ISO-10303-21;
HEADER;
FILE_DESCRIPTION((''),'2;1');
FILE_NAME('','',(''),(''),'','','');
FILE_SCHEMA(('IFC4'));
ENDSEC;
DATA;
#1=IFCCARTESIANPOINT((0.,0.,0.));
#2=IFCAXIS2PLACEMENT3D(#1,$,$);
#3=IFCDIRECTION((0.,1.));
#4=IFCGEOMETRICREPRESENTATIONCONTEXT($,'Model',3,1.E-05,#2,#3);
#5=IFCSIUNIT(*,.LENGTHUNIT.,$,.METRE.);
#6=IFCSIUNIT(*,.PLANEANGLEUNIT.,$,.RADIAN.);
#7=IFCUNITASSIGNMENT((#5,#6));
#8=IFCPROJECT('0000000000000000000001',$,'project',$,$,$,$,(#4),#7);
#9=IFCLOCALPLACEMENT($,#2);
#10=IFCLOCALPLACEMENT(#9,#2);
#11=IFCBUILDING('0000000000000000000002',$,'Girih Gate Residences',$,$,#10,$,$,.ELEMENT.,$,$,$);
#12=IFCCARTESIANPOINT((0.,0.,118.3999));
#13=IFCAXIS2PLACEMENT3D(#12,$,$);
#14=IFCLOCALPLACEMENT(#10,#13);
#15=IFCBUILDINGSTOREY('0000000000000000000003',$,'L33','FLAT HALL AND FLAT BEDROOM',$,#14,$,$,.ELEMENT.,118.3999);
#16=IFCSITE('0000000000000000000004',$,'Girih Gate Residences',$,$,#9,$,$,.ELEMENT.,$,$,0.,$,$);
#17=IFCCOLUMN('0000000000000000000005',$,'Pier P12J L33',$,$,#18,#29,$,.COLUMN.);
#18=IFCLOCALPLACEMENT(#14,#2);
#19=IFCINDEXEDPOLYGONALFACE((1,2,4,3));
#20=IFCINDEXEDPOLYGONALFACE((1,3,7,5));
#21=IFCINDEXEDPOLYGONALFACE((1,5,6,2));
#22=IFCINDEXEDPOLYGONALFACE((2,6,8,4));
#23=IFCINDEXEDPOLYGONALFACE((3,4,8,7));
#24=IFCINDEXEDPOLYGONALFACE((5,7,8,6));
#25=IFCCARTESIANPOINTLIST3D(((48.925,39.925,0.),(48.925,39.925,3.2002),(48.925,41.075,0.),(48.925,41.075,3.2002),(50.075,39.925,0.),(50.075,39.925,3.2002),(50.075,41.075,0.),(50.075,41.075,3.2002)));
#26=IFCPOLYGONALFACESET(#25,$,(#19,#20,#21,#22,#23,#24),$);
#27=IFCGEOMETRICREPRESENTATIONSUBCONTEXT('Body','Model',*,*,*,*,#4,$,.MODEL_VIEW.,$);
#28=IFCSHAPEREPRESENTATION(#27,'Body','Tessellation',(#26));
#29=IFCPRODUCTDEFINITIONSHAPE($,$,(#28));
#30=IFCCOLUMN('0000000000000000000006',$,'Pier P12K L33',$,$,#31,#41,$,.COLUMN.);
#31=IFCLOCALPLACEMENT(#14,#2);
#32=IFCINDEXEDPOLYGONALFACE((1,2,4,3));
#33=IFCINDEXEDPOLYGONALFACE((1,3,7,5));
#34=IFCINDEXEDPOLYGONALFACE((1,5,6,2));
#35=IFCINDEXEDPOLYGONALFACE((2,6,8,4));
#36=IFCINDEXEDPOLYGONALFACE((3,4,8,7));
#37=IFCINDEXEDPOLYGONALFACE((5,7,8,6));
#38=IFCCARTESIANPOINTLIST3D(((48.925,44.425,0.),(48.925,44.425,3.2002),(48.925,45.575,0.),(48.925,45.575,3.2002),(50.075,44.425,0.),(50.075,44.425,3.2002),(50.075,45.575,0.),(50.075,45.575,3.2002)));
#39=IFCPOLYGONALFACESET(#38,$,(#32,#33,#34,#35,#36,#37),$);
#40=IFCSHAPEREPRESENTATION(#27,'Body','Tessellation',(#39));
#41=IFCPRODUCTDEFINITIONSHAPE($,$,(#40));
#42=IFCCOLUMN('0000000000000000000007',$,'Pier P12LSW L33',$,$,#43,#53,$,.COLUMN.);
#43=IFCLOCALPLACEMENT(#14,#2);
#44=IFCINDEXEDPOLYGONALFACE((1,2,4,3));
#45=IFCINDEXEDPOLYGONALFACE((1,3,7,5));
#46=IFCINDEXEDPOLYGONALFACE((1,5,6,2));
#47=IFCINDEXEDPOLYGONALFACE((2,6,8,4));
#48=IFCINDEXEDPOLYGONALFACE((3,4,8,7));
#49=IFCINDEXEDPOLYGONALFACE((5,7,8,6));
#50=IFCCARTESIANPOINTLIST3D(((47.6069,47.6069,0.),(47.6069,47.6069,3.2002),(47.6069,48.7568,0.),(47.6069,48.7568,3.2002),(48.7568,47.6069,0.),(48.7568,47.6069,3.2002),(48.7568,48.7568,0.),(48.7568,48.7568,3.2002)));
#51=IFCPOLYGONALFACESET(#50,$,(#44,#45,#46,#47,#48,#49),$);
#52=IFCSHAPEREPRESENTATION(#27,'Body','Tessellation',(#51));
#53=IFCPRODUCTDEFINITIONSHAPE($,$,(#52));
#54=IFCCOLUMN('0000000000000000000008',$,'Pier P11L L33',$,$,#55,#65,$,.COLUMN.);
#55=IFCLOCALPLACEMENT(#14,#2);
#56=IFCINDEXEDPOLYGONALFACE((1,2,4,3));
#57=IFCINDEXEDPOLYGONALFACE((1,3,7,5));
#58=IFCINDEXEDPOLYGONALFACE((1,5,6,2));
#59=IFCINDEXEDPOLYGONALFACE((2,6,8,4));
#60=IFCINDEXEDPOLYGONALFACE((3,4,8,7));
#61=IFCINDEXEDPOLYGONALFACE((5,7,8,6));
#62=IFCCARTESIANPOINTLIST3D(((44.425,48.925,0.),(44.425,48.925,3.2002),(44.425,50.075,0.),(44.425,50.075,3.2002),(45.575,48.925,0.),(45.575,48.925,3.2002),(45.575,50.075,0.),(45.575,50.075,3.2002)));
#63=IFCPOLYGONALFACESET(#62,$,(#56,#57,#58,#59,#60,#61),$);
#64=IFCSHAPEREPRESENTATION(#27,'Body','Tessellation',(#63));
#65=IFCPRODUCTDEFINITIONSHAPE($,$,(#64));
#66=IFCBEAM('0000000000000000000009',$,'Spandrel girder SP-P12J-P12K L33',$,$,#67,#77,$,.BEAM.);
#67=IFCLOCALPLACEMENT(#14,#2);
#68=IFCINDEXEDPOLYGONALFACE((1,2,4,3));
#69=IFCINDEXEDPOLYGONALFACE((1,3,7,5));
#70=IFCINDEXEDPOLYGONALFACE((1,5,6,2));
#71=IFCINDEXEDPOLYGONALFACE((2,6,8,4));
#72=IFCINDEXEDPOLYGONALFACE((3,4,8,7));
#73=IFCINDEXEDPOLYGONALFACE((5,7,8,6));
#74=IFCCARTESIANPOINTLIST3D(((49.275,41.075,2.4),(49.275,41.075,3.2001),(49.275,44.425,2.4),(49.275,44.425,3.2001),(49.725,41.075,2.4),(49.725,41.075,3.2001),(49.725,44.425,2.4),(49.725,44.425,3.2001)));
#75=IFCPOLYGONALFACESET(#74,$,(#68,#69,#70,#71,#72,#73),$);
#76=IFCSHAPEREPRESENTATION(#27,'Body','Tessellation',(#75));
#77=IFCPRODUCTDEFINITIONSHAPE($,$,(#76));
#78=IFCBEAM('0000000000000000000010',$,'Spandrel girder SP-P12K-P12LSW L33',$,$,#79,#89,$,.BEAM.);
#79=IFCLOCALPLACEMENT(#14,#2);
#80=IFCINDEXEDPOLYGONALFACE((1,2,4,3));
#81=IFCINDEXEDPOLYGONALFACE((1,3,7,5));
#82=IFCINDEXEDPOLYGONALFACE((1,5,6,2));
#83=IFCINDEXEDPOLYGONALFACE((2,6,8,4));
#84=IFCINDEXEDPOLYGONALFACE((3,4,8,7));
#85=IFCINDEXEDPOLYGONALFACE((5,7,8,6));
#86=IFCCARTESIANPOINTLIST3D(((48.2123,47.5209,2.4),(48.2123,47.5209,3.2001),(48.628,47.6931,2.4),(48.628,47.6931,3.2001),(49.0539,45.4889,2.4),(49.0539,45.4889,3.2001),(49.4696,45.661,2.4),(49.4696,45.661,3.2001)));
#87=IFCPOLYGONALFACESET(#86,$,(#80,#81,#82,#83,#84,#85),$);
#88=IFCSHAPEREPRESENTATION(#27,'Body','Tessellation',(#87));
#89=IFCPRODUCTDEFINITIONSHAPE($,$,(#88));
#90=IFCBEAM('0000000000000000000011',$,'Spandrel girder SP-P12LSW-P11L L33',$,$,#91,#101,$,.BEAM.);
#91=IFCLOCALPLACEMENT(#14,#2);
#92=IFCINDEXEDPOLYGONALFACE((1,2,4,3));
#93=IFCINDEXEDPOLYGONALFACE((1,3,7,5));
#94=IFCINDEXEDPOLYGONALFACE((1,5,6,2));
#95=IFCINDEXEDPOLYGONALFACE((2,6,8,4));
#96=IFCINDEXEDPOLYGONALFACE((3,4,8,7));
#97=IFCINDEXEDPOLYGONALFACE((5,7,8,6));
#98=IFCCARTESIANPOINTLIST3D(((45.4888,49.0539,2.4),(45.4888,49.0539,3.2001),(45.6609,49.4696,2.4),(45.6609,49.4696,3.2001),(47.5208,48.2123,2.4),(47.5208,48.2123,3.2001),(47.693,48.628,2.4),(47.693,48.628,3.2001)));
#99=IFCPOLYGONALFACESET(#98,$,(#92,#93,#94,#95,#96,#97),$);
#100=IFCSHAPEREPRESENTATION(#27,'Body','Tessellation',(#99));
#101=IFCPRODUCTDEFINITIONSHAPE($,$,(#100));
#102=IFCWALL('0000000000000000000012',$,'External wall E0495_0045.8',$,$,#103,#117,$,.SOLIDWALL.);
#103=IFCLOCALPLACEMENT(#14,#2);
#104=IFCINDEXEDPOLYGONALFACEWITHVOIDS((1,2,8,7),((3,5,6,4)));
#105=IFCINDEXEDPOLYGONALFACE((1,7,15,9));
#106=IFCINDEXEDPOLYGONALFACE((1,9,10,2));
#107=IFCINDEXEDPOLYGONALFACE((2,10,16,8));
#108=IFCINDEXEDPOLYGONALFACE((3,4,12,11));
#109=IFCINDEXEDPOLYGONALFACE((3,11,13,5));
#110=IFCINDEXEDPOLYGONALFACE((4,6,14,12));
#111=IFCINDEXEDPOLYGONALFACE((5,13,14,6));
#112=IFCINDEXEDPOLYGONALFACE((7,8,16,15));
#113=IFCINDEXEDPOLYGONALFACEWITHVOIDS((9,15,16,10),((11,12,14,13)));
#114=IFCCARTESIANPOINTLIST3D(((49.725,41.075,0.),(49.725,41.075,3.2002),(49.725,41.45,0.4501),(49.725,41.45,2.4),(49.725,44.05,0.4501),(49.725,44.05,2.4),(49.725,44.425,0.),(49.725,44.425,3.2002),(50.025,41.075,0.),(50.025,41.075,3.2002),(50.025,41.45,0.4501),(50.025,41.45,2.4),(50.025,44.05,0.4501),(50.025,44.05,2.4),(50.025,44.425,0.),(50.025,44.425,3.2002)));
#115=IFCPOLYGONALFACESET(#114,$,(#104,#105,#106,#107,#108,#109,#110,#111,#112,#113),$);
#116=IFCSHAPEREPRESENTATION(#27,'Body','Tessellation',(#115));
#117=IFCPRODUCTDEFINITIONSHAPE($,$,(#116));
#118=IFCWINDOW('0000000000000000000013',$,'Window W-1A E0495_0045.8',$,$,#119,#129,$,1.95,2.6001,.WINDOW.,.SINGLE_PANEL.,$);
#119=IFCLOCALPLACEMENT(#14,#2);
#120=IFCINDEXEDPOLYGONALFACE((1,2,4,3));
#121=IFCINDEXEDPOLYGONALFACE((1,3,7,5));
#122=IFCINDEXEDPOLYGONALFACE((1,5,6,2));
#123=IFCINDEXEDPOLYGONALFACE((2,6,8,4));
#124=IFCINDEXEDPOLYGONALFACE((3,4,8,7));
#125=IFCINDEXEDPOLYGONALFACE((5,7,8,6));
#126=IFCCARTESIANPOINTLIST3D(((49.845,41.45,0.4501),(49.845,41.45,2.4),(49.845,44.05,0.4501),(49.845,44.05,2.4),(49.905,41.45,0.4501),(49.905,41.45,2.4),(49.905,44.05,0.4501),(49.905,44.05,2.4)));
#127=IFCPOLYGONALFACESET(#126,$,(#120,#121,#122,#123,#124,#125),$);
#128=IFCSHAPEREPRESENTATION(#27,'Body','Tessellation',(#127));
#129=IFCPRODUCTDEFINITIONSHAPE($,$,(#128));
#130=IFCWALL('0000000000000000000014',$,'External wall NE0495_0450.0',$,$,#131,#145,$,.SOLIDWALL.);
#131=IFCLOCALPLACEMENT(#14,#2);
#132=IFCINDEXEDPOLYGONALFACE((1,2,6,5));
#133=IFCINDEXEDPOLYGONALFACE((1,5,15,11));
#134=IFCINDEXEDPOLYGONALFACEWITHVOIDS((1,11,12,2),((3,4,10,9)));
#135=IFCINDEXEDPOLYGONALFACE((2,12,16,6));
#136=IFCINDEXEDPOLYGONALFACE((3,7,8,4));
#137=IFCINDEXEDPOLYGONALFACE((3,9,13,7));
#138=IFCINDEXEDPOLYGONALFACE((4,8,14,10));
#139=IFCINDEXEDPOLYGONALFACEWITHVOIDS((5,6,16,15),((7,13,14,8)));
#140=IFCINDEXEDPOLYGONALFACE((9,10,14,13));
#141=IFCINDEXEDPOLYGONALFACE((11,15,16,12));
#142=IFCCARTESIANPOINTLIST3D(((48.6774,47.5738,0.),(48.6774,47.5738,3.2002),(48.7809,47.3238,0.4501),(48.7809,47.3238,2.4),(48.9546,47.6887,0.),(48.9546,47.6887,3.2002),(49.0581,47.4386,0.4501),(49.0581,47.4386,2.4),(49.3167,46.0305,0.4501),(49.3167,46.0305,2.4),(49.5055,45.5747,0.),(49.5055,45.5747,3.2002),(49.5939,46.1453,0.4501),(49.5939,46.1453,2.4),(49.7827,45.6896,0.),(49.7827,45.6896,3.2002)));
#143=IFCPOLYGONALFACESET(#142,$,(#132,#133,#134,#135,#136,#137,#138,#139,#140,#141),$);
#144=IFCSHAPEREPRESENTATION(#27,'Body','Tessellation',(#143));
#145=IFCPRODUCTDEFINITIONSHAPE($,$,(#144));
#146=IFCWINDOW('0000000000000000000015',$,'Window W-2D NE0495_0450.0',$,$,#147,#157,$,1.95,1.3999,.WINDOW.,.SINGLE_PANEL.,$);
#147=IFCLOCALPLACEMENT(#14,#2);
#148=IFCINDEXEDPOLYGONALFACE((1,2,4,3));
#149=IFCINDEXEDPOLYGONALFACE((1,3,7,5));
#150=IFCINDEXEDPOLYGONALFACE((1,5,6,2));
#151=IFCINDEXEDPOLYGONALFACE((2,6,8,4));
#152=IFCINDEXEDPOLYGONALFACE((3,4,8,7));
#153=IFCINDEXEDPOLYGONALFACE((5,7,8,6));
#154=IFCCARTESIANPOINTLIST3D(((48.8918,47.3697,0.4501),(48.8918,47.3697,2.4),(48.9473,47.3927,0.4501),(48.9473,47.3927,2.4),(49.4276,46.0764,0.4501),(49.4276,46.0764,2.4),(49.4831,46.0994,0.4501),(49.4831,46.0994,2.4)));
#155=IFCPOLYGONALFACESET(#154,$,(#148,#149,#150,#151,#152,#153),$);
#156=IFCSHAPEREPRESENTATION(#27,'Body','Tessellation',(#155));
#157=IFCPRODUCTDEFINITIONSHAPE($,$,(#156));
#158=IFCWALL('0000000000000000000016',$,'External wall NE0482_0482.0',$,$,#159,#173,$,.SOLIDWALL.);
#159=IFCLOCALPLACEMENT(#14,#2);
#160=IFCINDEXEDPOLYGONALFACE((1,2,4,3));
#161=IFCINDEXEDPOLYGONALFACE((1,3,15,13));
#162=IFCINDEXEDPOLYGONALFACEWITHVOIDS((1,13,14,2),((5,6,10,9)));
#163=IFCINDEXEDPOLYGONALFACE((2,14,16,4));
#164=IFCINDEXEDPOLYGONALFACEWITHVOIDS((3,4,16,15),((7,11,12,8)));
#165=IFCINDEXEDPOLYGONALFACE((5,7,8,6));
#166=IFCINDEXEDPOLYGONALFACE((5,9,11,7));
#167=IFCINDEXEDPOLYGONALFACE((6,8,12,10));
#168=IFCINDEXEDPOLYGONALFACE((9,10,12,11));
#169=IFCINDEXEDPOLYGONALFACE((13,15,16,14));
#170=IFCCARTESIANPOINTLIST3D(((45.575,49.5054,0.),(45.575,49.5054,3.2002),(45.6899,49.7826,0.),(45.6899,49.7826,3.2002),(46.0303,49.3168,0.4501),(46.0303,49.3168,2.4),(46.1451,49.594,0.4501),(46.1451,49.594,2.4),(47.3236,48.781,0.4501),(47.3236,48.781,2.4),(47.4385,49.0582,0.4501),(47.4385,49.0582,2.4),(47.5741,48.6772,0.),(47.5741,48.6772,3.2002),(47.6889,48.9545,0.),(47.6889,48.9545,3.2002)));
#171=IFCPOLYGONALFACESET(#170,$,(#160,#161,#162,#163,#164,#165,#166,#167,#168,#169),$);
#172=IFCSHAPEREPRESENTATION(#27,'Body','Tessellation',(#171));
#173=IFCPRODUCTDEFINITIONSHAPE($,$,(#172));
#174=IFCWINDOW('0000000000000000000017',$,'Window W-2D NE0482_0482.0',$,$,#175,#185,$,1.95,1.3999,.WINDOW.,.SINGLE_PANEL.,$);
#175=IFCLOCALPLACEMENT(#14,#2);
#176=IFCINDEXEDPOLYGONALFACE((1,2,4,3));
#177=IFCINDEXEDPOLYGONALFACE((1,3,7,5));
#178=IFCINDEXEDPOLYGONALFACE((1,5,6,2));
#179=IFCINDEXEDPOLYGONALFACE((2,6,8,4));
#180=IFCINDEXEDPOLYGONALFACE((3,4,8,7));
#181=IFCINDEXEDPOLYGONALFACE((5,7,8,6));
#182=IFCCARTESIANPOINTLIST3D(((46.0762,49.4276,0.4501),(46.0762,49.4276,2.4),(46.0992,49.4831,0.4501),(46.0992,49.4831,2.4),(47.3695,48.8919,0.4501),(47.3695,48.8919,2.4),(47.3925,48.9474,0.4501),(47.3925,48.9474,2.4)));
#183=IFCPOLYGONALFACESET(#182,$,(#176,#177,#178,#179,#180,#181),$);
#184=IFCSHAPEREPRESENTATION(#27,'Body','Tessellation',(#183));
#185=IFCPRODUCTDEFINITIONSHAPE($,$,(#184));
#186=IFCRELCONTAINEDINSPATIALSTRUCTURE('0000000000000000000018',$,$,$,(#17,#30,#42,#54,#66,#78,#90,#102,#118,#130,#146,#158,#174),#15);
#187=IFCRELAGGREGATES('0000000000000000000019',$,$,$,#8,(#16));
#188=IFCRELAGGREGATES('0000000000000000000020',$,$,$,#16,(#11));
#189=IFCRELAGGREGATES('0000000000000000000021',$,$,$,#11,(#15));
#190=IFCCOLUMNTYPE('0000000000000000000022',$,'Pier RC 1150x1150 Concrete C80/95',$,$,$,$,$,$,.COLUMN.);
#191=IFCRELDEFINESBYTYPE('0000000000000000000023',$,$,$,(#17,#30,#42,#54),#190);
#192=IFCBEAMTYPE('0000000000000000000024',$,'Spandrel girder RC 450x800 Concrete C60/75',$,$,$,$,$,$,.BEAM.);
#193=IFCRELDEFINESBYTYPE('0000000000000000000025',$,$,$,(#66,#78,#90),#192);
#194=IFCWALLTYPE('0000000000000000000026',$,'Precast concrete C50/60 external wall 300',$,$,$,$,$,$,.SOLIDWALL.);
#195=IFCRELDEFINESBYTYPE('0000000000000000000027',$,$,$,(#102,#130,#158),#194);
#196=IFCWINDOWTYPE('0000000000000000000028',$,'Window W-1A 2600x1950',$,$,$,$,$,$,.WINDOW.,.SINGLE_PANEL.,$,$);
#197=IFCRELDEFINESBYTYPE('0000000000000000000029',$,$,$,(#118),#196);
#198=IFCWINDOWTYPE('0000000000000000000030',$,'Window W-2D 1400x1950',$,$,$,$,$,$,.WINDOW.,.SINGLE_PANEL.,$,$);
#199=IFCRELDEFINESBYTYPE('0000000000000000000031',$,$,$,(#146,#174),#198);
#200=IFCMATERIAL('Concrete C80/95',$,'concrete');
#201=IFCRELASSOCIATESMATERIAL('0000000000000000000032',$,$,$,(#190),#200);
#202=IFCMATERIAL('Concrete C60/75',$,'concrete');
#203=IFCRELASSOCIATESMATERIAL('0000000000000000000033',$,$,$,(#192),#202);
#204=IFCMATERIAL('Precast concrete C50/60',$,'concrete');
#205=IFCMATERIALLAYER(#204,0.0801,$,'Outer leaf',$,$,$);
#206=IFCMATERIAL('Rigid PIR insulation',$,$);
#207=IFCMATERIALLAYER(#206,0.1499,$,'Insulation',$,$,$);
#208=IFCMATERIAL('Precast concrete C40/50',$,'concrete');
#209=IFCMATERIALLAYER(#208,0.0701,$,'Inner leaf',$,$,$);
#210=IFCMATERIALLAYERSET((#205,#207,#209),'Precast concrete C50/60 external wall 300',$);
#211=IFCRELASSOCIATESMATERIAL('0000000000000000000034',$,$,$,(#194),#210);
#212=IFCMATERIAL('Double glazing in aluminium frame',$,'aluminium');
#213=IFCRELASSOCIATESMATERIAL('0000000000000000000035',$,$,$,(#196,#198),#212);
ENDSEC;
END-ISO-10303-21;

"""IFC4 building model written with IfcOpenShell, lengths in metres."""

from ifc_helpers import new_model, si_unit, direction, frame, frame_2d, origin, origin_2d, place, context, subcontext, project, spatial, rectangle, extrude, material, layer, layer_set, material_profile, profile_set, type_object, element, fill, save


model = new_model("IFC4")

# Units and contexts
model_context = context("Model", 3, precision=1e-05, world=origin(), true_north=direction((0.0, 1.0)))
body_context = subcontext(model_context, "Body", "Model", "MODEL_VIEW")
ifc_project = project(units=[si_unit("LENGTHUNIT", "METRE"), si_unit("PLANEANGLEUNIT", "RADIAN")], contexts=[model_context])

# Site, building, storey
site_placement = place(None, origin())
site = spatial("IfcSite", under=ifc_project, at=site_placement, Name="Girih Gate Residences", CompositionType="ELEMENT", RefElevation=0.0)
building_placement = place(site_placement, origin())
building = spatial("IfcBuilding", under=site, at=building_placement, Name="Girih Gate Residences", CompositionType="ELEMENT")
storey_placement = place(building_placement, frame((0.0, 0.0, 118.3999)))
storey = spatial("IfcBuildingStorey", under=building, at=storey_placement, Name="L33", Description="FLAT HALL AND FLAT BEDROOM", CompositionType="ELEMENT", Elevation=118.3999)

# Columns
ifc_material_1 = material(Name="Concrete C80/95", Category="concrete")
ifc_material_profile_1 = material_profile(ifc_material_1, rectangle(XDim=1.1499, YDim=1.1499, at=origin_2d()))
ifc_profile_set_1 = profile_set([ifc_material_profile_1], Name="Concrete C80/95")
column_type = type_object("IfcColumnType", Name="Pier RC 1150x1150 Concrete C80/95", PredefinedType="COLUMN", material=ifc_profile_set_1)
for number, where, z_axis, x_axis, name in (
    (1, (49.5, 40.5, 0.0), (0.0, 0.0, 1.0), (1.0, 0.0, 0.0), "Pier P12J L33"),
    (2, (49.5, 45.0, 0.0), (0.0, 0.0, 1.0), (1.0, 0.0, 0.0), "Pier P12K L33"),
    (3, (48.1819, 48.1819, 0.0), (0.0, 0.0, 1.0), (1.0, 0.0, 0.0), "Pier P12LSW L33"),
    (4, (45.0, 49.5, 0.0), (0.0, 0.0, 1.0), (1.0, 0.0, 0.0), "Pier P11L L33"),
):
    element("IfcColumn", number, at=place(storey_placement, frame(where, z_axis=z_axis, x_axis=x_axis)), inside=storey, type_object=column_type, Name=name, PredefinedType="COLUMN", context=body_context, shape_type="SweptSolid", body=[
        extrude(rectangle(XDim=1.1499, YDim=1.1499, at=origin_2d()), origin(), (0.0, 0.0, 1.0), 3.2002),
    ])

# Beams
ifc_material_2 = material(Name="Concrete C60/75", Category="concrete")
ifc_material_profile_2 = material_profile(ifc_material_2, rectangle(XDim=0.45, YDim=0.8, at=origin_2d()))
ifc_profile_set_2 = profile_set([ifc_material_profile_2], Name="Concrete C60/75")
beam_type = type_object("IfcBeamType", Name="Spandrel girder RC 450x800 Concrete C60/75", PredefinedType="BEAM", material=ifc_profile_set_2)
beam_placement = place(storey_placement, frame((49.5, 41.075, 2.8), z_axis=(0.0, 1.0, 0.0), x_axis=(-1.0, 0.0, 0.0)))
element("IfcBeam", 5, at=beam_placement, inside=storey, type_object=beam_type, Name="Spandrel girder SP-P12J-P12K L33", PredefinedType="BEAM", context=body_context, shape_type="SweptSolid", body=[
    extrude(rectangle(XDim=0.45, YDim=0.8, at=origin_2d()), origin(), (0.0, 0.0, 1.0), 3.3501),
])
for number, where, z_axis, x_axis, name in (
    (6, (49.2617, 45.575, 2.8), (-0.382636, 0.923899, 0.0), (-0.923899, -0.382636, 0.0), "Spandrel girder SP-P12K-P12LSW L33"),
    (7, (47.6069, 48.4202, 2.8), (-0.923899, 0.382636, 0.0), (-0.382636, -0.923899, 0.0), "Spandrel girder SP-P12LSW-P11L L33"),
):
    element("IfcBeam", number, at=place(storey_placement, frame(where, z_axis=z_axis, x_axis=x_axis)), inside=storey, type_object=beam_type, Name=name, PredefinedType="BEAM", context=body_context, shape_type="SweptSolid", body=[
        extrude(rectangle(XDim=0.45, YDim=0.8, at=origin_2d()), origin(), (0.0, 0.0, 1.0), 2.1995),
    ])

# Walls, openings, windows
ifc_material_3 = material(Name="Precast concrete C50/60", Category="concrete")
ifc_layer_1 = layer(ifc_material_3, 0.0801, Name="Outer leaf")
ifc_material_4 = material(Name="Rigid PIR insulation")
ifc_layer_2 = layer(ifc_material_4, 0.1499, Name="Insulation")
ifc_material_5 = material(Name="Precast concrete C40/50", Category="concrete")
ifc_layer_3 = layer(ifc_material_5, 0.0701, Name="Inner leaf")
ifc_layer_set = layer_set([ifc_layer_1, ifc_layer_2, ifc_layer_3], Name="Precast concrete C50/60 external wall 300")
wall_type = type_object("IfcWallType", Name="Precast concrete C50/60 external wall 300", PredefinedType="SOLIDWALL", material=ifc_layer_set)
wall_1_placement = place(storey_placement, frame((49.875, 44.425, 0.0), z_axis=(0.0, 0.0, 1.0), x_axis=(0.0, -1.0, 0.0)))
wall_1 = element("IfcWall", 8, at=wall_1_placement, inside=storey, type_object=wall_type, Name="External wall E0495_0045.8", PredefinedType="SOLIDWALL", context=body_context, shape_type="SweptSolid", body=[
    extrude(rectangle(XDim=3.3501, YDim=0.3, at=frame_2d((1.675, 0.0))), origin(), (0.0, 0.0, 1.0), 3.2002),
])
opening_1_placement = place(wall_1_placement, frame((0.375, 0.0, 0.45)))
opening_1 = element("IfcOpeningElement", 9, at=opening_1_placement, cuts=wall_1, PredefinedType="OPENING", context=body_context, shape_type="SweptSolid", body=[
    extrude(rectangle(XDim=2.6001, YDim=1.95, at=frame_2d((1.3, 0.9751))), frame((0.0, 0.1599, 0.0), z_axis=(0.0, -1.0, 0.0), x_axis=(1.0, 0.0, 0.0)), (0.0, 0.0, 1.0), 0.3201),
])
ifc_material_6 = material(Name="Double glazing in aluminium frame", Category="aluminium")
window_type_1 = type_object("IfcWindowType", Name="Window W-1A 2600x1950", PartitioningType="SINGLE_PANEL", PredefinedType="WINDOW", material=ifc_material_6)
window_1_placement = place(opening_1_placement, origin())
window_1 = element("IfcWindow", 10, at=window_1_placement, inside=storey, type_object=window_type_1, Name="Window W-1A E0495_0045.8", OverallHeight=1.95, OverallWidth=2.6001, PartitioningType="SINGLE_PANEL", PredefinedType="WINDOW", context=body_context, shape_type="SweptSolid", body=[
    extrude(rectangle(XDim=2.6001, YDim=1.95, at=frame_2d((1.3, 0.9751))), frame((0.0, 0.03, 0.0), z_axis=(0.0, -1.0, 0.0), x_axis=(1.0, 0.0, 0.0)), (0.0, 0.0, 1.0), 0.0601),
])
fill(opening_1, window_1)
wall_2_placement = place(storey_placement, frame((48.8159, 47.6313, 0.0), z_axis=(0.0, 0.0, 1.0), x_axis=(0.382724, -0.923863, 0.0)))
wall_2 = element("IfcWall", 11, at=wall_2_placement, inside=storey, type_object=wall_type, Name="External wall NE0495_0450.0", PredefinedType="SOLIDWALL", context=body_context, shape_type="SweptSolid", body=[
    extrude(rectangle(XDim=2.1638, YDim=0.3, at=frame_2d((1.082, 0.0))), origin(), (0.0, 0.0, 1.0), 3.2002),
])
opening_2_placement = place(wall_2_placement, frame((0.2708, 0.0, 0.45)))
opening_2 = element("IfcOpeningElement", 12, at=opening_2_placement, cuts=wall_2, PredefinedType="OPENING", context=body_context, shape_type="SweptSolid", body=[
    extrude(rectangle(XDim=1.3999, YDim=1.95, at=frame_2d((0.7, 0.9751))), frame((0.0, 0.1599, 0.0), z_axis=(0.0, -1.0, 0.0), x_axis=(1.0, 0.0, 0.0)), (0.0, 0.0, 1.0), 0.3201),
])
window_type_2 = type_object("IfcWindowType", Name="Window W-2D 1400x1950", PartitioningType="SINGLE_PANEL", PredefinedType="WINDOW", material=ifc_material_6)
window_2_placement = place(opening_2_placement, origin())
window_2 = element("IfcWindow", 13, at=window_2_placement, inside=storey, type_object=window_type_2, Name="Window W-2D NE0495_0450.0", OverallHeight=1.95, OverallWidth=1.3999, PartitioningType="SINGLE_PANEL", PredefinedType="WINDOW", context=body_context, shape_type="SweptSolid", body=[
    extrude(rectangle(XDim=1.3999, YDim=1.95, at=frame_2d((0.7, 0.9751))), frame((0.0, 0.03, 0.0), z_axis=(0.0, -1.0, 0.0), x_axis=(1.0, 0.0, 0.0)), (0.0, 0.0, 1.0), 0.0601),
])
fill(opening_2, window_2)
wall_3_placement = place(storey_placement, frame((45.6323, 49.644, 0.0), z_axis=(0.0, 0.0, 1.0), x_axis=(0.923863, -0.382724, 0.0)))
wall_3 = element("IfcWall", 14, at=wall_3_placement, inside=storey, type_object=wall_type, Name="External wall NE0482_0482.0", PredefinedType="SOLIDWALL", context=body_context, shape_type="SweptSolid", body=[
    extrude(rectangle(XDim=2.1638, YDim=0.3, at=frame_2d((1.082, 0.0))), origin(), (0.0, 0.0, 1.0), 3.2002),
])
opening_3_placement = place(wall_3_placement, frame((0.4929, 0.0, 0.45)))
opening_3 = element("IfcOpeningElement", 15, at=opening_3_placement, cuts=wall_3, PredefinedType="OPENING", context=body_context, shape_type="SweptSolid", body=[
    extrude(rectangle(XDim=1.3999, YDim=1.95, at=frame_2d((0.7, 0.9751))), frame((0.0, 0.1599, 0.0), z_axis=(0.0, -1.0, 0.0), x_axis=(1.0, 0.0, 0.0)), (0.0, 0.0, 1.0), 0.3201),
])
window_3_placement = place(opening_3_placement, origin())
window_3 = element("IfcWindow", 16, at=window_3_placement, inside=storey, type_object=window_type_2, Name="Window W-2D NE0482_0482.0", OverallHeight=1.95, OverallWidth=1.3999, PartitioningType="SINGLE_PANEL", PredefinedType="WINDOW", context=body_context, shape_type="SweptSolid", body=[
    extrude(rectangle(XDim=1.3999, YDim=1.95, at=frame_2d((0.7, 0.9751))), frame((0.0, 0.03, 0.0), z_axis=(0.0, -1.0, 0.0), x_axis=(1.0, 0.0, 0.0)), (0.0, 0.0, 1.0), 0.0601),
])
fill(opening_3, window_3)

save(model, "model.ifc")
